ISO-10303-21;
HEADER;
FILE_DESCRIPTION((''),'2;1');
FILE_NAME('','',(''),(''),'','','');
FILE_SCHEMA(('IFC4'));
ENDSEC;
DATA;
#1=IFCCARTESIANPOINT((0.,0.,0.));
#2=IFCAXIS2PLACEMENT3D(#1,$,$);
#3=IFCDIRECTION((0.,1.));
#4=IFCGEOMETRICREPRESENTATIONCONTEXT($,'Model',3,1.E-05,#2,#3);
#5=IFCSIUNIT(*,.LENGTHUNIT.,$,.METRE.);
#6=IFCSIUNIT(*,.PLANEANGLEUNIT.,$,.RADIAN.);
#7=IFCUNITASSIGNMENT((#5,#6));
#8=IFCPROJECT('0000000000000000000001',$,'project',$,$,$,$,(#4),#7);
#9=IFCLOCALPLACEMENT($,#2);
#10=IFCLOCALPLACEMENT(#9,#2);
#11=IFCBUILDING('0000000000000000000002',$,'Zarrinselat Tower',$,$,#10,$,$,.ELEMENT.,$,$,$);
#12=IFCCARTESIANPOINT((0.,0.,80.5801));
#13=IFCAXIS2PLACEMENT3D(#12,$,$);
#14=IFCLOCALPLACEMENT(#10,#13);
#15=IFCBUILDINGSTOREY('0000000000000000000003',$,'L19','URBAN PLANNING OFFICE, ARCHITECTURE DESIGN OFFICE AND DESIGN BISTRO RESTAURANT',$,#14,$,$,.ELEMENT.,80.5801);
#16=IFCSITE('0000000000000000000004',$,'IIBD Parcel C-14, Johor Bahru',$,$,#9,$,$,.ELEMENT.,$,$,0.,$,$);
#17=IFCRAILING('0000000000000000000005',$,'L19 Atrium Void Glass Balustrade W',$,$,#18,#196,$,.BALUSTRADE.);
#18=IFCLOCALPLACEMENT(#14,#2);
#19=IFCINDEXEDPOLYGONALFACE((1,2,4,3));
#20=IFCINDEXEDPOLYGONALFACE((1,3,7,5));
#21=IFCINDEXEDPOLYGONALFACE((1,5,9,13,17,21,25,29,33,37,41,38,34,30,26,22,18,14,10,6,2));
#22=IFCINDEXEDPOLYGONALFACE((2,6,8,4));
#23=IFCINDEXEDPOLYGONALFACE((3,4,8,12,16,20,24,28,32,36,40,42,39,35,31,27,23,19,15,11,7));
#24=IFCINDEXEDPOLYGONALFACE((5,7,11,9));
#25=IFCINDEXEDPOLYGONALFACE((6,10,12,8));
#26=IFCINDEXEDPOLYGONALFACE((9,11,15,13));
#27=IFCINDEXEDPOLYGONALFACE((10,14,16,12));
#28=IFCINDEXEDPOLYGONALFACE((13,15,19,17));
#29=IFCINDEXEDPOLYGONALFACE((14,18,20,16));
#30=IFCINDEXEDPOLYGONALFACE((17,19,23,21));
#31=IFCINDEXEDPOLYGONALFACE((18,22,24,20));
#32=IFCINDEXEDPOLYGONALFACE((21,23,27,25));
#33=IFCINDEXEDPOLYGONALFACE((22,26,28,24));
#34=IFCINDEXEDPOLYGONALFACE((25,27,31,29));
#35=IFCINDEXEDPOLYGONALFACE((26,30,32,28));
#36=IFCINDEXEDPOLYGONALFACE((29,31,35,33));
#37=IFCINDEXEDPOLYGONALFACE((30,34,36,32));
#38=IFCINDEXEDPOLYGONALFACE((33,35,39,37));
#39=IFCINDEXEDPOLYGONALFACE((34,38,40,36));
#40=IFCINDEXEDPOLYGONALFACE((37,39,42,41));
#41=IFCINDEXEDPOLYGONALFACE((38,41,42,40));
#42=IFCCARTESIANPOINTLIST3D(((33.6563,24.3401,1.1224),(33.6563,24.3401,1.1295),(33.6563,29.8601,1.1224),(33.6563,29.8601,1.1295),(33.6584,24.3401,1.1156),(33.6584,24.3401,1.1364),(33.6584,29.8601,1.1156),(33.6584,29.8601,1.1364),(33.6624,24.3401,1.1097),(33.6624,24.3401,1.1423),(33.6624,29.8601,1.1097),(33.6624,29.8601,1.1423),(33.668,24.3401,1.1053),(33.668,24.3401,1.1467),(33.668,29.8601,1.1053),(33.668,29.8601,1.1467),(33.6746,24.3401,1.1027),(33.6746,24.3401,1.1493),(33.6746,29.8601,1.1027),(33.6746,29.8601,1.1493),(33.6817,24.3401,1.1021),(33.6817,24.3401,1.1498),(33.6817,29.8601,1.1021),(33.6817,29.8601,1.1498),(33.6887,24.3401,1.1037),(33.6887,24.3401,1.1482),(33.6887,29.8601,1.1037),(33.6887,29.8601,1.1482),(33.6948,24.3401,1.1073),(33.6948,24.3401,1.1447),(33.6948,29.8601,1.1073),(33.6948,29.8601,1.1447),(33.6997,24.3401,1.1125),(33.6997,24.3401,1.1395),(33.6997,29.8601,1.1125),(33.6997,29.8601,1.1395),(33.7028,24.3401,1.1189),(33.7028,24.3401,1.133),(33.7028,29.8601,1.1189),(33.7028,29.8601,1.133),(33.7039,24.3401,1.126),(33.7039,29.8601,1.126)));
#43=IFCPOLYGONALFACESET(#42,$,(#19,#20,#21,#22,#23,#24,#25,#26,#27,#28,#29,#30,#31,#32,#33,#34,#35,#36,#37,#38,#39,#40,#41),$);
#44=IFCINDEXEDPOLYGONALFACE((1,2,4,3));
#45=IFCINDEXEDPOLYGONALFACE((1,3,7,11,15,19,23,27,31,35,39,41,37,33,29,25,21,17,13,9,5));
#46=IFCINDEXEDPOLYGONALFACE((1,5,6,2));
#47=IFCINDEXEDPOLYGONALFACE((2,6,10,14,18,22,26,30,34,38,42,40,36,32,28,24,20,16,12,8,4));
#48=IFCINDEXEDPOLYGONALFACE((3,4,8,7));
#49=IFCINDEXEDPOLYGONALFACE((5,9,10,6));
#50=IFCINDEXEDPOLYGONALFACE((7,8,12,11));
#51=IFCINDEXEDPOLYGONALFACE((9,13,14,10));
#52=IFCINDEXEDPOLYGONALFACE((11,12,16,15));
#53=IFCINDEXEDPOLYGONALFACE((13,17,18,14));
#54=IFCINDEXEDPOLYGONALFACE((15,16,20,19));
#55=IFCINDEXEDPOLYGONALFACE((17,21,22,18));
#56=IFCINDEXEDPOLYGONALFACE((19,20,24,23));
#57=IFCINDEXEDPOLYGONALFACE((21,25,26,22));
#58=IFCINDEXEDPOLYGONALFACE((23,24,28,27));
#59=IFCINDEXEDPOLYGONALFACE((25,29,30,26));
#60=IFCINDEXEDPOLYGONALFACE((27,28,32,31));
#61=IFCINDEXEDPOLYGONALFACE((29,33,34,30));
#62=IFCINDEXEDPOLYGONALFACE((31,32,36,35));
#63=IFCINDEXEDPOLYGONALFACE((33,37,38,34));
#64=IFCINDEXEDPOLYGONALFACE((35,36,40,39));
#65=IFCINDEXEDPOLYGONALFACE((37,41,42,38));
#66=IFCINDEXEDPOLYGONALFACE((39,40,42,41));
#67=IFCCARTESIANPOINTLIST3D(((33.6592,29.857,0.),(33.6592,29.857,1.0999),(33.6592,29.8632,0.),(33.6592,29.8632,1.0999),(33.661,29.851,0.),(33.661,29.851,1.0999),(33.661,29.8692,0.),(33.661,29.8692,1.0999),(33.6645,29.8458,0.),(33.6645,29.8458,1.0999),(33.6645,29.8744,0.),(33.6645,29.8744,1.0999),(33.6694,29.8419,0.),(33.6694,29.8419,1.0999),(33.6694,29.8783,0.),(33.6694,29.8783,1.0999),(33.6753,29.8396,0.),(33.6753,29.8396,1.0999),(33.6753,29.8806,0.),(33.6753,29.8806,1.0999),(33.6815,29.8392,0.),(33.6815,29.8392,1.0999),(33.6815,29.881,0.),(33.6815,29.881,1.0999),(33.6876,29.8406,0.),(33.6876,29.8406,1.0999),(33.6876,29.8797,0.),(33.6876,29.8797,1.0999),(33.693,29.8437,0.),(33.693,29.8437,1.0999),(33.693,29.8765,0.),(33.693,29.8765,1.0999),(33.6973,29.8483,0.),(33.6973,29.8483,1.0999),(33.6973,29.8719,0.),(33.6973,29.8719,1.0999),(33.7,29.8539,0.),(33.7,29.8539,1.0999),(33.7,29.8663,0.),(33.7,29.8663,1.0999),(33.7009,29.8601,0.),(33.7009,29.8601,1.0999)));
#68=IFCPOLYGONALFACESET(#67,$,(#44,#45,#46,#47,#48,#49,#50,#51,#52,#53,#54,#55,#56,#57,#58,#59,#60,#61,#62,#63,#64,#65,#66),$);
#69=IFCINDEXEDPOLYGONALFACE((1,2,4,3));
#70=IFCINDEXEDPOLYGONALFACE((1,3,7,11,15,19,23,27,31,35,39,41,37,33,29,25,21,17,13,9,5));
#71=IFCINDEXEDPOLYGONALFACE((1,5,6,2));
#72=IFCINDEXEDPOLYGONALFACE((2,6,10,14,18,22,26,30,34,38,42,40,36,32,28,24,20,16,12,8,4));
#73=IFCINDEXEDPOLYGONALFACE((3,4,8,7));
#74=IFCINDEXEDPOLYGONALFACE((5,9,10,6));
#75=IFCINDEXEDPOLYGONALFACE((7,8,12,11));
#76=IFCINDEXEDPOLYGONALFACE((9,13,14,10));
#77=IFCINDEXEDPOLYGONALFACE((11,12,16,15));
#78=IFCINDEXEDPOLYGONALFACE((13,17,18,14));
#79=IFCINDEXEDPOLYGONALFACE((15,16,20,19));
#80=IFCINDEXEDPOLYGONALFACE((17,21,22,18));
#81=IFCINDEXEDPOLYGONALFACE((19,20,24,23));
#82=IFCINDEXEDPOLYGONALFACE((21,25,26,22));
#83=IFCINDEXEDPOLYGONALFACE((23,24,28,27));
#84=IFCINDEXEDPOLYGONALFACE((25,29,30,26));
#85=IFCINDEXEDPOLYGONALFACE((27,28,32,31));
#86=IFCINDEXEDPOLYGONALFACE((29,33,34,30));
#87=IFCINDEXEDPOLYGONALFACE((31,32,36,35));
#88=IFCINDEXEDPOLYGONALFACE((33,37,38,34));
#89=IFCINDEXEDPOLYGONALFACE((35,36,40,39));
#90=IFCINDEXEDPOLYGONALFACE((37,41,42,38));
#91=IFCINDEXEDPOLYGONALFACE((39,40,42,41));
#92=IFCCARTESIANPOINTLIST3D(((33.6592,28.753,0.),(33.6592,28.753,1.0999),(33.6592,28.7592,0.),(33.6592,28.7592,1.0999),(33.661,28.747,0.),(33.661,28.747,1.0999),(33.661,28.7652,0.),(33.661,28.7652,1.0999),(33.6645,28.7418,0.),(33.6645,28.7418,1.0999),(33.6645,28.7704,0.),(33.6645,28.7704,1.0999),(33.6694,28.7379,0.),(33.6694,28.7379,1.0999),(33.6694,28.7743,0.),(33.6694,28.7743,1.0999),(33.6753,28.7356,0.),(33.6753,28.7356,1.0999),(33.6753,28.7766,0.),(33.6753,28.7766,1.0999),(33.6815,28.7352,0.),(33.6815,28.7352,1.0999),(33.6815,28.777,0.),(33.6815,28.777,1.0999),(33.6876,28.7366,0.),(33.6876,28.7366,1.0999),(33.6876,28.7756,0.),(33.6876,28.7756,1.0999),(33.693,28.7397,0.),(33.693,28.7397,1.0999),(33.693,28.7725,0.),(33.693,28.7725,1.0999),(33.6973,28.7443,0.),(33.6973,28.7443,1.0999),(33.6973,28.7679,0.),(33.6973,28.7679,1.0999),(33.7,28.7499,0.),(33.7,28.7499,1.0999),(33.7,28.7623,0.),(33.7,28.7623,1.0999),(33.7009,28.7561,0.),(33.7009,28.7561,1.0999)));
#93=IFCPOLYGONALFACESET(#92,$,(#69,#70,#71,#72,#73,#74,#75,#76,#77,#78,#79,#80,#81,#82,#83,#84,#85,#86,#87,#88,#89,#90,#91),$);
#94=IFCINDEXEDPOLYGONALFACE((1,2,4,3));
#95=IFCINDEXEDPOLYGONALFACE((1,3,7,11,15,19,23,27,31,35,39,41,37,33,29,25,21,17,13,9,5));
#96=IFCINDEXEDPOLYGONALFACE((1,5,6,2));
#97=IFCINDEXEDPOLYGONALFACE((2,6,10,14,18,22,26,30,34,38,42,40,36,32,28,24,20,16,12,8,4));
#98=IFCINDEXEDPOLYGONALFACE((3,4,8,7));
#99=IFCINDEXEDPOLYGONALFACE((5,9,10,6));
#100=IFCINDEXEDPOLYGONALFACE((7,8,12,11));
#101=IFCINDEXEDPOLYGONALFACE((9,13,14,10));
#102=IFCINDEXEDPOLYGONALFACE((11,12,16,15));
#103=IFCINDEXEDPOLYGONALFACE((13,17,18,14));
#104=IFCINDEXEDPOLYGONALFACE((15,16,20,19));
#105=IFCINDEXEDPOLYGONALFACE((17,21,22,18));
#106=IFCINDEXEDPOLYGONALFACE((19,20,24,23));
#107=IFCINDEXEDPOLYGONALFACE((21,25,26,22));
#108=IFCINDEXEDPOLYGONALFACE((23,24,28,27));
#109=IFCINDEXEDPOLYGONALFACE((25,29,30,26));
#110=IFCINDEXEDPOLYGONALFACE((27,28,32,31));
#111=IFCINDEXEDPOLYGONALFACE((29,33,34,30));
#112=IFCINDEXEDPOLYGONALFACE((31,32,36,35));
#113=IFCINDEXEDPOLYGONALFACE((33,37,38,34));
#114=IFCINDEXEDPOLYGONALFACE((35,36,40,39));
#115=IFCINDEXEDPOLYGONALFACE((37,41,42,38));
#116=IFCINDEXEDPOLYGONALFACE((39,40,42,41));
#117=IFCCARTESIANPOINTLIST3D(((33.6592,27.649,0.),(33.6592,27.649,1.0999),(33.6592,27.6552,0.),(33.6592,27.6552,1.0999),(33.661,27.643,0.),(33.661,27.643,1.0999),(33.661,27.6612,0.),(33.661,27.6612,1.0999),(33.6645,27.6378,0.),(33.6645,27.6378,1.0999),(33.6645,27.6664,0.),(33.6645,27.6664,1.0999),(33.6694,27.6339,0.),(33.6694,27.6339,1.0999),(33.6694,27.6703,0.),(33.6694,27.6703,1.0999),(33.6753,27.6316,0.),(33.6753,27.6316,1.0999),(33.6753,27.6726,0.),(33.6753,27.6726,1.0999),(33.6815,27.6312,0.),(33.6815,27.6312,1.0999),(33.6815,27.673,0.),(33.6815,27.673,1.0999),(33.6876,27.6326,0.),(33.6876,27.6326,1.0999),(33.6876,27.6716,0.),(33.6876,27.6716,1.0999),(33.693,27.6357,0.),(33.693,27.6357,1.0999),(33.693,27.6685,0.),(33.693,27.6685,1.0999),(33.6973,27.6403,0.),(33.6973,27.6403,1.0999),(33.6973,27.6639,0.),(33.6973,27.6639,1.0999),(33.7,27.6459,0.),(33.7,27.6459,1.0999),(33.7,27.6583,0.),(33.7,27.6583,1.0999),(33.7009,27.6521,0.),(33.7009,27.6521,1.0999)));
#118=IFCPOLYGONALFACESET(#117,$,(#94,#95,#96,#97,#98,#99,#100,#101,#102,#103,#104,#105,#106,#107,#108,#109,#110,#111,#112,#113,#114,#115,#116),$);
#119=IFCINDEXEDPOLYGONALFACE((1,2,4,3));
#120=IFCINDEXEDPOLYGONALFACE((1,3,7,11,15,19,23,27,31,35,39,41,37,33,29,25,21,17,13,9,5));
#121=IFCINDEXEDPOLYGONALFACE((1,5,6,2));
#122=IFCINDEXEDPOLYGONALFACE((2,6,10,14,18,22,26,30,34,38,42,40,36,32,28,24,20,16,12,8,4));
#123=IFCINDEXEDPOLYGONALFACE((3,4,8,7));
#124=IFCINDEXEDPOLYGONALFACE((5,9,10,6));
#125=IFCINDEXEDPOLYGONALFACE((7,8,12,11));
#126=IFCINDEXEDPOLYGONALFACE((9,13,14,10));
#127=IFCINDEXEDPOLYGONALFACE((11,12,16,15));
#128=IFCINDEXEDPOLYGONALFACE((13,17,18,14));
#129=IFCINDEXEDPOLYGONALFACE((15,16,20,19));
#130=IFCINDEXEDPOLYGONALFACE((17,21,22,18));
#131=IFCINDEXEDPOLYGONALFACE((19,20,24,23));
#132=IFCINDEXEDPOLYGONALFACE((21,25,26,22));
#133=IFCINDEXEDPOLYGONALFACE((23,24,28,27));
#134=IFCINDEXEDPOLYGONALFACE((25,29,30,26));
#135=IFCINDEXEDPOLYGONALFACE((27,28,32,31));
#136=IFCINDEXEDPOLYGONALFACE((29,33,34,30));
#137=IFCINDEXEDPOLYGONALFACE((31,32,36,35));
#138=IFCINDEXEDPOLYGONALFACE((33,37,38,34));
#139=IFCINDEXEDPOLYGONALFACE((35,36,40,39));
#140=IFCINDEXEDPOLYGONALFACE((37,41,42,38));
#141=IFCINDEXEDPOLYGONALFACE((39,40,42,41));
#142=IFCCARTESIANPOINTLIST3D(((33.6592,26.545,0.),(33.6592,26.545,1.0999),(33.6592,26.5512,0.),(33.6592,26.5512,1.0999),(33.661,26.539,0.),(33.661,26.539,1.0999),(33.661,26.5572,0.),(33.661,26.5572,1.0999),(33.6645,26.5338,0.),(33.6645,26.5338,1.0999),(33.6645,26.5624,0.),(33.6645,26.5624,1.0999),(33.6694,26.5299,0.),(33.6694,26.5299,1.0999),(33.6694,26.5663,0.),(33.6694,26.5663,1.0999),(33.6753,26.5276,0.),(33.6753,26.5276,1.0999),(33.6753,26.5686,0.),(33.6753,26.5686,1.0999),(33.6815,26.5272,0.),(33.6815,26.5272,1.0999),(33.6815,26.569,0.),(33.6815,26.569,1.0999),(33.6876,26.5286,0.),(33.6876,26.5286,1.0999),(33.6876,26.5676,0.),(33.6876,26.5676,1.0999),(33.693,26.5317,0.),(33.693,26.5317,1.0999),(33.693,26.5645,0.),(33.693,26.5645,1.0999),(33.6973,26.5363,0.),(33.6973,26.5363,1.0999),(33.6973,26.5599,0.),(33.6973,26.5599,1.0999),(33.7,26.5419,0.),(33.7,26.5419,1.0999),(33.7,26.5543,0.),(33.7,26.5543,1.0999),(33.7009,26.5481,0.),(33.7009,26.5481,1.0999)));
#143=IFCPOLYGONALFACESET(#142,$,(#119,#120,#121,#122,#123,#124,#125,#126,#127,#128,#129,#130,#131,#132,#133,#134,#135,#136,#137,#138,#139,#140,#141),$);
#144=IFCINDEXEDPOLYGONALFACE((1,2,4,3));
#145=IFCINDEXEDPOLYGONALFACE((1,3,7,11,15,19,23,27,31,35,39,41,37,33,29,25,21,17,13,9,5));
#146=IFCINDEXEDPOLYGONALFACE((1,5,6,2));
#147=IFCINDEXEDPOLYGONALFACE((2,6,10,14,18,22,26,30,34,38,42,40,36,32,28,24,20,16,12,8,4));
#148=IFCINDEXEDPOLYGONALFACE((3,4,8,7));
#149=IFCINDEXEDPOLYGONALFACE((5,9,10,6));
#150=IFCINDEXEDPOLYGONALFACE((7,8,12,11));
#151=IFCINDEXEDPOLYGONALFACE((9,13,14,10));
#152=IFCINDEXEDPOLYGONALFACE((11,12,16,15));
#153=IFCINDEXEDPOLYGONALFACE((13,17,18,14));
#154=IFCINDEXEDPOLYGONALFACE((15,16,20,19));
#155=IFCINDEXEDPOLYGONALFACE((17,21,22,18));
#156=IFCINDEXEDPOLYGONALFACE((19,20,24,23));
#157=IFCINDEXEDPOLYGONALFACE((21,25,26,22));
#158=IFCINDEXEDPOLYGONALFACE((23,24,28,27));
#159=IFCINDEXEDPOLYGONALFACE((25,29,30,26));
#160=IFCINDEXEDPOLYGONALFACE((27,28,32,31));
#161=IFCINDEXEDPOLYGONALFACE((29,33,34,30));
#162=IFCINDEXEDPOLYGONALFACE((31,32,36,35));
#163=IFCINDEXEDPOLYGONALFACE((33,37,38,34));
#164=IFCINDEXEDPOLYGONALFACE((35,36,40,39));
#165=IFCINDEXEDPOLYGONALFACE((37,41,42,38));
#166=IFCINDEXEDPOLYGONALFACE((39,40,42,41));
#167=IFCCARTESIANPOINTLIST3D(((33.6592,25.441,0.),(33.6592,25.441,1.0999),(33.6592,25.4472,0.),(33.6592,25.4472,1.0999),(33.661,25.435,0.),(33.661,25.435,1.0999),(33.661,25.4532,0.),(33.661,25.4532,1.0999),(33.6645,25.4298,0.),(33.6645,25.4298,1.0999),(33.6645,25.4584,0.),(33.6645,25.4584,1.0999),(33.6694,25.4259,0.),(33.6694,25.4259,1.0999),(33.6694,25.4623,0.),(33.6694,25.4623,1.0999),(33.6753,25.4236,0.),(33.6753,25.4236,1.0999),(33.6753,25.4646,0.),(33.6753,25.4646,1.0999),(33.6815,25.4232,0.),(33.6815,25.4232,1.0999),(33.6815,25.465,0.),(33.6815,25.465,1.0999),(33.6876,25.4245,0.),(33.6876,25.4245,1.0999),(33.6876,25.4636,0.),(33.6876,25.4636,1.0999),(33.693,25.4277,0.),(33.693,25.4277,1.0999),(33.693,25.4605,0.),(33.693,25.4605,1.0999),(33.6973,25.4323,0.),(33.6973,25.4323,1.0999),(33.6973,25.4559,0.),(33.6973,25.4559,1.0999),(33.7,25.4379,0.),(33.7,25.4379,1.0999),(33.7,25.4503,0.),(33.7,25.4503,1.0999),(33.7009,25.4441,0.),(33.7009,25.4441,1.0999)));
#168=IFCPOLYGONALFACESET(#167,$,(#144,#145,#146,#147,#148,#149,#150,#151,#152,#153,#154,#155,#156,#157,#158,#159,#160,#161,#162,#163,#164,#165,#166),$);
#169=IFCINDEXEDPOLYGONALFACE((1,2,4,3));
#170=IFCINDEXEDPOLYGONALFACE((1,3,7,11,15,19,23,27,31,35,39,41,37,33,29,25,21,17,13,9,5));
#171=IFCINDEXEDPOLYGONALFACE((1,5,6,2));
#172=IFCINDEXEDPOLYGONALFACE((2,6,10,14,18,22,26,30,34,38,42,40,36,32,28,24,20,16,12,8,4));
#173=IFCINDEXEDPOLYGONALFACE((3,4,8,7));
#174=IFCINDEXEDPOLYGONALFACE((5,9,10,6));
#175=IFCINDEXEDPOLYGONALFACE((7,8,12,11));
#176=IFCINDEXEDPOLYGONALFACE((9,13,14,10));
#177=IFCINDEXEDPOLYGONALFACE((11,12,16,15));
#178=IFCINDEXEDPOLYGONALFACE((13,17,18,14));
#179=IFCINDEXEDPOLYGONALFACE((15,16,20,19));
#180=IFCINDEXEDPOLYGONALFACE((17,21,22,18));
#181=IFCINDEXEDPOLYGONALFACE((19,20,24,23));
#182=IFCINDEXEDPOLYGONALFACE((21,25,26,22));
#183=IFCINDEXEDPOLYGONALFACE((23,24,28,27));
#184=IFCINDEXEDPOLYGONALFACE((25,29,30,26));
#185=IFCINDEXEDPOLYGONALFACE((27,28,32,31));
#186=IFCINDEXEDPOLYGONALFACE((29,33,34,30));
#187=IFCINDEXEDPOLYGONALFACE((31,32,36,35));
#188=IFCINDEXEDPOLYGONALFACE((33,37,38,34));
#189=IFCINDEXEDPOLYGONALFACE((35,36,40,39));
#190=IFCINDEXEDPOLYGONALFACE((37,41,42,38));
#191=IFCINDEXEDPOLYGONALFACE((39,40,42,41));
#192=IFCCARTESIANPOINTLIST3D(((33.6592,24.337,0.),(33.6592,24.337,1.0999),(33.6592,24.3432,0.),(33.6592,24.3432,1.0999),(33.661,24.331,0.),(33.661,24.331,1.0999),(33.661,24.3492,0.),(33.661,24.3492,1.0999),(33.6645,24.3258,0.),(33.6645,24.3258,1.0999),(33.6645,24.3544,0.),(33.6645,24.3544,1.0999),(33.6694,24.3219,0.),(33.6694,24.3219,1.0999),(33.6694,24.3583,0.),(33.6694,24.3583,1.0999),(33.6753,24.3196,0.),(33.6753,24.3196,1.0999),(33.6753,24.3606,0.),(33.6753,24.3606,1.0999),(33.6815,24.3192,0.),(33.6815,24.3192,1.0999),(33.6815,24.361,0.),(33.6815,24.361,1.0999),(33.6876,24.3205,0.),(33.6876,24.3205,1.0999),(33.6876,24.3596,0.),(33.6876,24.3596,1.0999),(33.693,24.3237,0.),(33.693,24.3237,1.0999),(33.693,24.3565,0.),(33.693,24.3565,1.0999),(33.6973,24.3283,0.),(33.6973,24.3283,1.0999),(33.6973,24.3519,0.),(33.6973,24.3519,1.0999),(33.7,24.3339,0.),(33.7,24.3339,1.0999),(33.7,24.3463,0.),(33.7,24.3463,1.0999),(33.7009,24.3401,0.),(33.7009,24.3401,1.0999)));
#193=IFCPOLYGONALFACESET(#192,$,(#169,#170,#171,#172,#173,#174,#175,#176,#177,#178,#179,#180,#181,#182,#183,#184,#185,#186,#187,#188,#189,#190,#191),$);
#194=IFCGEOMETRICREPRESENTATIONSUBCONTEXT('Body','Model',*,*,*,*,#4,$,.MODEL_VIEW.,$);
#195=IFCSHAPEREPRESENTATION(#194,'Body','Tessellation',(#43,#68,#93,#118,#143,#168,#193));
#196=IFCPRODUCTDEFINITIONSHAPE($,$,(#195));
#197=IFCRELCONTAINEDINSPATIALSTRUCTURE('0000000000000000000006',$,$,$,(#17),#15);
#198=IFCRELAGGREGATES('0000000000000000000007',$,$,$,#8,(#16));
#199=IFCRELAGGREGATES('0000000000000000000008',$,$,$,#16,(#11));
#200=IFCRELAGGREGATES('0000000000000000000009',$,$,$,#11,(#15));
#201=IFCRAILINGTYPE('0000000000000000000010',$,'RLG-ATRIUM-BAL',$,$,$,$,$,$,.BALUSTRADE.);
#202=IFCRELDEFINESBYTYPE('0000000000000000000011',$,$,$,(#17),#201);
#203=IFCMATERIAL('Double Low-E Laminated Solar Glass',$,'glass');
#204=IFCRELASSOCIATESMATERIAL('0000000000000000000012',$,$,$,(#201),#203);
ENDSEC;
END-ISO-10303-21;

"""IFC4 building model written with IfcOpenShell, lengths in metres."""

from ifc_helpers import new_model, si_unit, direction, frame, origin, origin_2d, place, context, subcontext, project, spatial, circle, extrude, material, type_object, element, save


model = new_model("IFC4")

# Units and contexts
model_context = context("Model", 3, precision=1e-05, world=origin(), true_north=direction((0.0, 1.0)))
body_context = subcontext(model_context, "Body", "Model", "MODEL_VIEW")
ifc_project = project(units=[si_unit("LENGTHUNIT", "METRE"), si_unit("PLANEANGLEUNIT", "RADIAN")], contexts=[model_context])

# Site, building, storey
site_placement = place(None, origin())
site = spatial("IfcSite", under=ifc_project, at=site_placement, Name="IIBD Parcel C-14, Johor Bahru", CompositionType="ELEMENT", RefElevation=0.0)
building_placement = place(site_placement, origin())
building = spatial("IfcBuilding", under=site, at=building_placement, Name="Zarrinselat Tower", CompositionType="ELEMENT")
storey_placement = place(building_placement, frame((0.0, 0.0, 80.5801)))
storey = spatial("IfcBuildingStorey", under=building, at=storey_placement, Name="L19", Description="URBAN PLANNING OFFICE, ARCHITECTURE DESIGN OFFICE AND DESIGN BISTRO RESTAURANT", CompositionType="ELEMENT", Elevation=80.5801)

# Railing
ifc_material_1 = material(Name="Double Low-E Laminated Solar Glass", Category="glass")
railing_type = type_object("IfcRailingType", Name="RLG-ATRIUM-BAL", PredefinedType="BALUSTRADE", material=ifc_material_1)
railing_1_placement = place(storey_placement, frame((33.6799, 29.8601, 0.0)))
element("IfcRailing", 1, at=railing_1_placement, inside=storey, type_object=railing_type, Name="L19 Atrium Void Glass Balustrade W", PredefinedType="BALUSTRADE", context=body_context, shape_type="SweptSolid", body=[
    extrude(circle(Radius=0.0239, at=origin_2d()), frame((0.0, 0.0, 1.126), z_axis=(0.0, -1.0, 0.0), x_axis=(1.0, 0.0, 0.0)), (0.0, 0.0, 1.0), 5.52),
    extrude(circle(Radius=0.021, at=origin_2d()), origin(), (0.0, 0.0, 1.0), 1.0999),
    extrude(circle(Radius=0.021, at=origin_2d()), frame((0.0, -1.104, 0.0)), (0.0, 0.0, 1.0), 1.0999),
    extrude(circle(Radius=0.021, at=origin_2d()), frame((0.0, -2.208, 0.0)), (0.0, 0.0, 1.0), 1.0999),
    extrude(circle(Radius=0.021, at=origin_2d()), frame((0.0, -3.312, 0.0)), (0.0, 0.0, 1.0), 1.0999),
    extrude(circle(Radius=0.021, at=origin_2d()), frame((0.0, -4.416, 0.0)), (0.0, 0.0, 1.0), 1.0999),
    extrude(circle(Radius=0.021, at=origin_2d()), frame((0.0, -5.52, 0.0)), (0.0, 0.0, 1.0), 1.0999),
])

save(model, "model.ifc")
